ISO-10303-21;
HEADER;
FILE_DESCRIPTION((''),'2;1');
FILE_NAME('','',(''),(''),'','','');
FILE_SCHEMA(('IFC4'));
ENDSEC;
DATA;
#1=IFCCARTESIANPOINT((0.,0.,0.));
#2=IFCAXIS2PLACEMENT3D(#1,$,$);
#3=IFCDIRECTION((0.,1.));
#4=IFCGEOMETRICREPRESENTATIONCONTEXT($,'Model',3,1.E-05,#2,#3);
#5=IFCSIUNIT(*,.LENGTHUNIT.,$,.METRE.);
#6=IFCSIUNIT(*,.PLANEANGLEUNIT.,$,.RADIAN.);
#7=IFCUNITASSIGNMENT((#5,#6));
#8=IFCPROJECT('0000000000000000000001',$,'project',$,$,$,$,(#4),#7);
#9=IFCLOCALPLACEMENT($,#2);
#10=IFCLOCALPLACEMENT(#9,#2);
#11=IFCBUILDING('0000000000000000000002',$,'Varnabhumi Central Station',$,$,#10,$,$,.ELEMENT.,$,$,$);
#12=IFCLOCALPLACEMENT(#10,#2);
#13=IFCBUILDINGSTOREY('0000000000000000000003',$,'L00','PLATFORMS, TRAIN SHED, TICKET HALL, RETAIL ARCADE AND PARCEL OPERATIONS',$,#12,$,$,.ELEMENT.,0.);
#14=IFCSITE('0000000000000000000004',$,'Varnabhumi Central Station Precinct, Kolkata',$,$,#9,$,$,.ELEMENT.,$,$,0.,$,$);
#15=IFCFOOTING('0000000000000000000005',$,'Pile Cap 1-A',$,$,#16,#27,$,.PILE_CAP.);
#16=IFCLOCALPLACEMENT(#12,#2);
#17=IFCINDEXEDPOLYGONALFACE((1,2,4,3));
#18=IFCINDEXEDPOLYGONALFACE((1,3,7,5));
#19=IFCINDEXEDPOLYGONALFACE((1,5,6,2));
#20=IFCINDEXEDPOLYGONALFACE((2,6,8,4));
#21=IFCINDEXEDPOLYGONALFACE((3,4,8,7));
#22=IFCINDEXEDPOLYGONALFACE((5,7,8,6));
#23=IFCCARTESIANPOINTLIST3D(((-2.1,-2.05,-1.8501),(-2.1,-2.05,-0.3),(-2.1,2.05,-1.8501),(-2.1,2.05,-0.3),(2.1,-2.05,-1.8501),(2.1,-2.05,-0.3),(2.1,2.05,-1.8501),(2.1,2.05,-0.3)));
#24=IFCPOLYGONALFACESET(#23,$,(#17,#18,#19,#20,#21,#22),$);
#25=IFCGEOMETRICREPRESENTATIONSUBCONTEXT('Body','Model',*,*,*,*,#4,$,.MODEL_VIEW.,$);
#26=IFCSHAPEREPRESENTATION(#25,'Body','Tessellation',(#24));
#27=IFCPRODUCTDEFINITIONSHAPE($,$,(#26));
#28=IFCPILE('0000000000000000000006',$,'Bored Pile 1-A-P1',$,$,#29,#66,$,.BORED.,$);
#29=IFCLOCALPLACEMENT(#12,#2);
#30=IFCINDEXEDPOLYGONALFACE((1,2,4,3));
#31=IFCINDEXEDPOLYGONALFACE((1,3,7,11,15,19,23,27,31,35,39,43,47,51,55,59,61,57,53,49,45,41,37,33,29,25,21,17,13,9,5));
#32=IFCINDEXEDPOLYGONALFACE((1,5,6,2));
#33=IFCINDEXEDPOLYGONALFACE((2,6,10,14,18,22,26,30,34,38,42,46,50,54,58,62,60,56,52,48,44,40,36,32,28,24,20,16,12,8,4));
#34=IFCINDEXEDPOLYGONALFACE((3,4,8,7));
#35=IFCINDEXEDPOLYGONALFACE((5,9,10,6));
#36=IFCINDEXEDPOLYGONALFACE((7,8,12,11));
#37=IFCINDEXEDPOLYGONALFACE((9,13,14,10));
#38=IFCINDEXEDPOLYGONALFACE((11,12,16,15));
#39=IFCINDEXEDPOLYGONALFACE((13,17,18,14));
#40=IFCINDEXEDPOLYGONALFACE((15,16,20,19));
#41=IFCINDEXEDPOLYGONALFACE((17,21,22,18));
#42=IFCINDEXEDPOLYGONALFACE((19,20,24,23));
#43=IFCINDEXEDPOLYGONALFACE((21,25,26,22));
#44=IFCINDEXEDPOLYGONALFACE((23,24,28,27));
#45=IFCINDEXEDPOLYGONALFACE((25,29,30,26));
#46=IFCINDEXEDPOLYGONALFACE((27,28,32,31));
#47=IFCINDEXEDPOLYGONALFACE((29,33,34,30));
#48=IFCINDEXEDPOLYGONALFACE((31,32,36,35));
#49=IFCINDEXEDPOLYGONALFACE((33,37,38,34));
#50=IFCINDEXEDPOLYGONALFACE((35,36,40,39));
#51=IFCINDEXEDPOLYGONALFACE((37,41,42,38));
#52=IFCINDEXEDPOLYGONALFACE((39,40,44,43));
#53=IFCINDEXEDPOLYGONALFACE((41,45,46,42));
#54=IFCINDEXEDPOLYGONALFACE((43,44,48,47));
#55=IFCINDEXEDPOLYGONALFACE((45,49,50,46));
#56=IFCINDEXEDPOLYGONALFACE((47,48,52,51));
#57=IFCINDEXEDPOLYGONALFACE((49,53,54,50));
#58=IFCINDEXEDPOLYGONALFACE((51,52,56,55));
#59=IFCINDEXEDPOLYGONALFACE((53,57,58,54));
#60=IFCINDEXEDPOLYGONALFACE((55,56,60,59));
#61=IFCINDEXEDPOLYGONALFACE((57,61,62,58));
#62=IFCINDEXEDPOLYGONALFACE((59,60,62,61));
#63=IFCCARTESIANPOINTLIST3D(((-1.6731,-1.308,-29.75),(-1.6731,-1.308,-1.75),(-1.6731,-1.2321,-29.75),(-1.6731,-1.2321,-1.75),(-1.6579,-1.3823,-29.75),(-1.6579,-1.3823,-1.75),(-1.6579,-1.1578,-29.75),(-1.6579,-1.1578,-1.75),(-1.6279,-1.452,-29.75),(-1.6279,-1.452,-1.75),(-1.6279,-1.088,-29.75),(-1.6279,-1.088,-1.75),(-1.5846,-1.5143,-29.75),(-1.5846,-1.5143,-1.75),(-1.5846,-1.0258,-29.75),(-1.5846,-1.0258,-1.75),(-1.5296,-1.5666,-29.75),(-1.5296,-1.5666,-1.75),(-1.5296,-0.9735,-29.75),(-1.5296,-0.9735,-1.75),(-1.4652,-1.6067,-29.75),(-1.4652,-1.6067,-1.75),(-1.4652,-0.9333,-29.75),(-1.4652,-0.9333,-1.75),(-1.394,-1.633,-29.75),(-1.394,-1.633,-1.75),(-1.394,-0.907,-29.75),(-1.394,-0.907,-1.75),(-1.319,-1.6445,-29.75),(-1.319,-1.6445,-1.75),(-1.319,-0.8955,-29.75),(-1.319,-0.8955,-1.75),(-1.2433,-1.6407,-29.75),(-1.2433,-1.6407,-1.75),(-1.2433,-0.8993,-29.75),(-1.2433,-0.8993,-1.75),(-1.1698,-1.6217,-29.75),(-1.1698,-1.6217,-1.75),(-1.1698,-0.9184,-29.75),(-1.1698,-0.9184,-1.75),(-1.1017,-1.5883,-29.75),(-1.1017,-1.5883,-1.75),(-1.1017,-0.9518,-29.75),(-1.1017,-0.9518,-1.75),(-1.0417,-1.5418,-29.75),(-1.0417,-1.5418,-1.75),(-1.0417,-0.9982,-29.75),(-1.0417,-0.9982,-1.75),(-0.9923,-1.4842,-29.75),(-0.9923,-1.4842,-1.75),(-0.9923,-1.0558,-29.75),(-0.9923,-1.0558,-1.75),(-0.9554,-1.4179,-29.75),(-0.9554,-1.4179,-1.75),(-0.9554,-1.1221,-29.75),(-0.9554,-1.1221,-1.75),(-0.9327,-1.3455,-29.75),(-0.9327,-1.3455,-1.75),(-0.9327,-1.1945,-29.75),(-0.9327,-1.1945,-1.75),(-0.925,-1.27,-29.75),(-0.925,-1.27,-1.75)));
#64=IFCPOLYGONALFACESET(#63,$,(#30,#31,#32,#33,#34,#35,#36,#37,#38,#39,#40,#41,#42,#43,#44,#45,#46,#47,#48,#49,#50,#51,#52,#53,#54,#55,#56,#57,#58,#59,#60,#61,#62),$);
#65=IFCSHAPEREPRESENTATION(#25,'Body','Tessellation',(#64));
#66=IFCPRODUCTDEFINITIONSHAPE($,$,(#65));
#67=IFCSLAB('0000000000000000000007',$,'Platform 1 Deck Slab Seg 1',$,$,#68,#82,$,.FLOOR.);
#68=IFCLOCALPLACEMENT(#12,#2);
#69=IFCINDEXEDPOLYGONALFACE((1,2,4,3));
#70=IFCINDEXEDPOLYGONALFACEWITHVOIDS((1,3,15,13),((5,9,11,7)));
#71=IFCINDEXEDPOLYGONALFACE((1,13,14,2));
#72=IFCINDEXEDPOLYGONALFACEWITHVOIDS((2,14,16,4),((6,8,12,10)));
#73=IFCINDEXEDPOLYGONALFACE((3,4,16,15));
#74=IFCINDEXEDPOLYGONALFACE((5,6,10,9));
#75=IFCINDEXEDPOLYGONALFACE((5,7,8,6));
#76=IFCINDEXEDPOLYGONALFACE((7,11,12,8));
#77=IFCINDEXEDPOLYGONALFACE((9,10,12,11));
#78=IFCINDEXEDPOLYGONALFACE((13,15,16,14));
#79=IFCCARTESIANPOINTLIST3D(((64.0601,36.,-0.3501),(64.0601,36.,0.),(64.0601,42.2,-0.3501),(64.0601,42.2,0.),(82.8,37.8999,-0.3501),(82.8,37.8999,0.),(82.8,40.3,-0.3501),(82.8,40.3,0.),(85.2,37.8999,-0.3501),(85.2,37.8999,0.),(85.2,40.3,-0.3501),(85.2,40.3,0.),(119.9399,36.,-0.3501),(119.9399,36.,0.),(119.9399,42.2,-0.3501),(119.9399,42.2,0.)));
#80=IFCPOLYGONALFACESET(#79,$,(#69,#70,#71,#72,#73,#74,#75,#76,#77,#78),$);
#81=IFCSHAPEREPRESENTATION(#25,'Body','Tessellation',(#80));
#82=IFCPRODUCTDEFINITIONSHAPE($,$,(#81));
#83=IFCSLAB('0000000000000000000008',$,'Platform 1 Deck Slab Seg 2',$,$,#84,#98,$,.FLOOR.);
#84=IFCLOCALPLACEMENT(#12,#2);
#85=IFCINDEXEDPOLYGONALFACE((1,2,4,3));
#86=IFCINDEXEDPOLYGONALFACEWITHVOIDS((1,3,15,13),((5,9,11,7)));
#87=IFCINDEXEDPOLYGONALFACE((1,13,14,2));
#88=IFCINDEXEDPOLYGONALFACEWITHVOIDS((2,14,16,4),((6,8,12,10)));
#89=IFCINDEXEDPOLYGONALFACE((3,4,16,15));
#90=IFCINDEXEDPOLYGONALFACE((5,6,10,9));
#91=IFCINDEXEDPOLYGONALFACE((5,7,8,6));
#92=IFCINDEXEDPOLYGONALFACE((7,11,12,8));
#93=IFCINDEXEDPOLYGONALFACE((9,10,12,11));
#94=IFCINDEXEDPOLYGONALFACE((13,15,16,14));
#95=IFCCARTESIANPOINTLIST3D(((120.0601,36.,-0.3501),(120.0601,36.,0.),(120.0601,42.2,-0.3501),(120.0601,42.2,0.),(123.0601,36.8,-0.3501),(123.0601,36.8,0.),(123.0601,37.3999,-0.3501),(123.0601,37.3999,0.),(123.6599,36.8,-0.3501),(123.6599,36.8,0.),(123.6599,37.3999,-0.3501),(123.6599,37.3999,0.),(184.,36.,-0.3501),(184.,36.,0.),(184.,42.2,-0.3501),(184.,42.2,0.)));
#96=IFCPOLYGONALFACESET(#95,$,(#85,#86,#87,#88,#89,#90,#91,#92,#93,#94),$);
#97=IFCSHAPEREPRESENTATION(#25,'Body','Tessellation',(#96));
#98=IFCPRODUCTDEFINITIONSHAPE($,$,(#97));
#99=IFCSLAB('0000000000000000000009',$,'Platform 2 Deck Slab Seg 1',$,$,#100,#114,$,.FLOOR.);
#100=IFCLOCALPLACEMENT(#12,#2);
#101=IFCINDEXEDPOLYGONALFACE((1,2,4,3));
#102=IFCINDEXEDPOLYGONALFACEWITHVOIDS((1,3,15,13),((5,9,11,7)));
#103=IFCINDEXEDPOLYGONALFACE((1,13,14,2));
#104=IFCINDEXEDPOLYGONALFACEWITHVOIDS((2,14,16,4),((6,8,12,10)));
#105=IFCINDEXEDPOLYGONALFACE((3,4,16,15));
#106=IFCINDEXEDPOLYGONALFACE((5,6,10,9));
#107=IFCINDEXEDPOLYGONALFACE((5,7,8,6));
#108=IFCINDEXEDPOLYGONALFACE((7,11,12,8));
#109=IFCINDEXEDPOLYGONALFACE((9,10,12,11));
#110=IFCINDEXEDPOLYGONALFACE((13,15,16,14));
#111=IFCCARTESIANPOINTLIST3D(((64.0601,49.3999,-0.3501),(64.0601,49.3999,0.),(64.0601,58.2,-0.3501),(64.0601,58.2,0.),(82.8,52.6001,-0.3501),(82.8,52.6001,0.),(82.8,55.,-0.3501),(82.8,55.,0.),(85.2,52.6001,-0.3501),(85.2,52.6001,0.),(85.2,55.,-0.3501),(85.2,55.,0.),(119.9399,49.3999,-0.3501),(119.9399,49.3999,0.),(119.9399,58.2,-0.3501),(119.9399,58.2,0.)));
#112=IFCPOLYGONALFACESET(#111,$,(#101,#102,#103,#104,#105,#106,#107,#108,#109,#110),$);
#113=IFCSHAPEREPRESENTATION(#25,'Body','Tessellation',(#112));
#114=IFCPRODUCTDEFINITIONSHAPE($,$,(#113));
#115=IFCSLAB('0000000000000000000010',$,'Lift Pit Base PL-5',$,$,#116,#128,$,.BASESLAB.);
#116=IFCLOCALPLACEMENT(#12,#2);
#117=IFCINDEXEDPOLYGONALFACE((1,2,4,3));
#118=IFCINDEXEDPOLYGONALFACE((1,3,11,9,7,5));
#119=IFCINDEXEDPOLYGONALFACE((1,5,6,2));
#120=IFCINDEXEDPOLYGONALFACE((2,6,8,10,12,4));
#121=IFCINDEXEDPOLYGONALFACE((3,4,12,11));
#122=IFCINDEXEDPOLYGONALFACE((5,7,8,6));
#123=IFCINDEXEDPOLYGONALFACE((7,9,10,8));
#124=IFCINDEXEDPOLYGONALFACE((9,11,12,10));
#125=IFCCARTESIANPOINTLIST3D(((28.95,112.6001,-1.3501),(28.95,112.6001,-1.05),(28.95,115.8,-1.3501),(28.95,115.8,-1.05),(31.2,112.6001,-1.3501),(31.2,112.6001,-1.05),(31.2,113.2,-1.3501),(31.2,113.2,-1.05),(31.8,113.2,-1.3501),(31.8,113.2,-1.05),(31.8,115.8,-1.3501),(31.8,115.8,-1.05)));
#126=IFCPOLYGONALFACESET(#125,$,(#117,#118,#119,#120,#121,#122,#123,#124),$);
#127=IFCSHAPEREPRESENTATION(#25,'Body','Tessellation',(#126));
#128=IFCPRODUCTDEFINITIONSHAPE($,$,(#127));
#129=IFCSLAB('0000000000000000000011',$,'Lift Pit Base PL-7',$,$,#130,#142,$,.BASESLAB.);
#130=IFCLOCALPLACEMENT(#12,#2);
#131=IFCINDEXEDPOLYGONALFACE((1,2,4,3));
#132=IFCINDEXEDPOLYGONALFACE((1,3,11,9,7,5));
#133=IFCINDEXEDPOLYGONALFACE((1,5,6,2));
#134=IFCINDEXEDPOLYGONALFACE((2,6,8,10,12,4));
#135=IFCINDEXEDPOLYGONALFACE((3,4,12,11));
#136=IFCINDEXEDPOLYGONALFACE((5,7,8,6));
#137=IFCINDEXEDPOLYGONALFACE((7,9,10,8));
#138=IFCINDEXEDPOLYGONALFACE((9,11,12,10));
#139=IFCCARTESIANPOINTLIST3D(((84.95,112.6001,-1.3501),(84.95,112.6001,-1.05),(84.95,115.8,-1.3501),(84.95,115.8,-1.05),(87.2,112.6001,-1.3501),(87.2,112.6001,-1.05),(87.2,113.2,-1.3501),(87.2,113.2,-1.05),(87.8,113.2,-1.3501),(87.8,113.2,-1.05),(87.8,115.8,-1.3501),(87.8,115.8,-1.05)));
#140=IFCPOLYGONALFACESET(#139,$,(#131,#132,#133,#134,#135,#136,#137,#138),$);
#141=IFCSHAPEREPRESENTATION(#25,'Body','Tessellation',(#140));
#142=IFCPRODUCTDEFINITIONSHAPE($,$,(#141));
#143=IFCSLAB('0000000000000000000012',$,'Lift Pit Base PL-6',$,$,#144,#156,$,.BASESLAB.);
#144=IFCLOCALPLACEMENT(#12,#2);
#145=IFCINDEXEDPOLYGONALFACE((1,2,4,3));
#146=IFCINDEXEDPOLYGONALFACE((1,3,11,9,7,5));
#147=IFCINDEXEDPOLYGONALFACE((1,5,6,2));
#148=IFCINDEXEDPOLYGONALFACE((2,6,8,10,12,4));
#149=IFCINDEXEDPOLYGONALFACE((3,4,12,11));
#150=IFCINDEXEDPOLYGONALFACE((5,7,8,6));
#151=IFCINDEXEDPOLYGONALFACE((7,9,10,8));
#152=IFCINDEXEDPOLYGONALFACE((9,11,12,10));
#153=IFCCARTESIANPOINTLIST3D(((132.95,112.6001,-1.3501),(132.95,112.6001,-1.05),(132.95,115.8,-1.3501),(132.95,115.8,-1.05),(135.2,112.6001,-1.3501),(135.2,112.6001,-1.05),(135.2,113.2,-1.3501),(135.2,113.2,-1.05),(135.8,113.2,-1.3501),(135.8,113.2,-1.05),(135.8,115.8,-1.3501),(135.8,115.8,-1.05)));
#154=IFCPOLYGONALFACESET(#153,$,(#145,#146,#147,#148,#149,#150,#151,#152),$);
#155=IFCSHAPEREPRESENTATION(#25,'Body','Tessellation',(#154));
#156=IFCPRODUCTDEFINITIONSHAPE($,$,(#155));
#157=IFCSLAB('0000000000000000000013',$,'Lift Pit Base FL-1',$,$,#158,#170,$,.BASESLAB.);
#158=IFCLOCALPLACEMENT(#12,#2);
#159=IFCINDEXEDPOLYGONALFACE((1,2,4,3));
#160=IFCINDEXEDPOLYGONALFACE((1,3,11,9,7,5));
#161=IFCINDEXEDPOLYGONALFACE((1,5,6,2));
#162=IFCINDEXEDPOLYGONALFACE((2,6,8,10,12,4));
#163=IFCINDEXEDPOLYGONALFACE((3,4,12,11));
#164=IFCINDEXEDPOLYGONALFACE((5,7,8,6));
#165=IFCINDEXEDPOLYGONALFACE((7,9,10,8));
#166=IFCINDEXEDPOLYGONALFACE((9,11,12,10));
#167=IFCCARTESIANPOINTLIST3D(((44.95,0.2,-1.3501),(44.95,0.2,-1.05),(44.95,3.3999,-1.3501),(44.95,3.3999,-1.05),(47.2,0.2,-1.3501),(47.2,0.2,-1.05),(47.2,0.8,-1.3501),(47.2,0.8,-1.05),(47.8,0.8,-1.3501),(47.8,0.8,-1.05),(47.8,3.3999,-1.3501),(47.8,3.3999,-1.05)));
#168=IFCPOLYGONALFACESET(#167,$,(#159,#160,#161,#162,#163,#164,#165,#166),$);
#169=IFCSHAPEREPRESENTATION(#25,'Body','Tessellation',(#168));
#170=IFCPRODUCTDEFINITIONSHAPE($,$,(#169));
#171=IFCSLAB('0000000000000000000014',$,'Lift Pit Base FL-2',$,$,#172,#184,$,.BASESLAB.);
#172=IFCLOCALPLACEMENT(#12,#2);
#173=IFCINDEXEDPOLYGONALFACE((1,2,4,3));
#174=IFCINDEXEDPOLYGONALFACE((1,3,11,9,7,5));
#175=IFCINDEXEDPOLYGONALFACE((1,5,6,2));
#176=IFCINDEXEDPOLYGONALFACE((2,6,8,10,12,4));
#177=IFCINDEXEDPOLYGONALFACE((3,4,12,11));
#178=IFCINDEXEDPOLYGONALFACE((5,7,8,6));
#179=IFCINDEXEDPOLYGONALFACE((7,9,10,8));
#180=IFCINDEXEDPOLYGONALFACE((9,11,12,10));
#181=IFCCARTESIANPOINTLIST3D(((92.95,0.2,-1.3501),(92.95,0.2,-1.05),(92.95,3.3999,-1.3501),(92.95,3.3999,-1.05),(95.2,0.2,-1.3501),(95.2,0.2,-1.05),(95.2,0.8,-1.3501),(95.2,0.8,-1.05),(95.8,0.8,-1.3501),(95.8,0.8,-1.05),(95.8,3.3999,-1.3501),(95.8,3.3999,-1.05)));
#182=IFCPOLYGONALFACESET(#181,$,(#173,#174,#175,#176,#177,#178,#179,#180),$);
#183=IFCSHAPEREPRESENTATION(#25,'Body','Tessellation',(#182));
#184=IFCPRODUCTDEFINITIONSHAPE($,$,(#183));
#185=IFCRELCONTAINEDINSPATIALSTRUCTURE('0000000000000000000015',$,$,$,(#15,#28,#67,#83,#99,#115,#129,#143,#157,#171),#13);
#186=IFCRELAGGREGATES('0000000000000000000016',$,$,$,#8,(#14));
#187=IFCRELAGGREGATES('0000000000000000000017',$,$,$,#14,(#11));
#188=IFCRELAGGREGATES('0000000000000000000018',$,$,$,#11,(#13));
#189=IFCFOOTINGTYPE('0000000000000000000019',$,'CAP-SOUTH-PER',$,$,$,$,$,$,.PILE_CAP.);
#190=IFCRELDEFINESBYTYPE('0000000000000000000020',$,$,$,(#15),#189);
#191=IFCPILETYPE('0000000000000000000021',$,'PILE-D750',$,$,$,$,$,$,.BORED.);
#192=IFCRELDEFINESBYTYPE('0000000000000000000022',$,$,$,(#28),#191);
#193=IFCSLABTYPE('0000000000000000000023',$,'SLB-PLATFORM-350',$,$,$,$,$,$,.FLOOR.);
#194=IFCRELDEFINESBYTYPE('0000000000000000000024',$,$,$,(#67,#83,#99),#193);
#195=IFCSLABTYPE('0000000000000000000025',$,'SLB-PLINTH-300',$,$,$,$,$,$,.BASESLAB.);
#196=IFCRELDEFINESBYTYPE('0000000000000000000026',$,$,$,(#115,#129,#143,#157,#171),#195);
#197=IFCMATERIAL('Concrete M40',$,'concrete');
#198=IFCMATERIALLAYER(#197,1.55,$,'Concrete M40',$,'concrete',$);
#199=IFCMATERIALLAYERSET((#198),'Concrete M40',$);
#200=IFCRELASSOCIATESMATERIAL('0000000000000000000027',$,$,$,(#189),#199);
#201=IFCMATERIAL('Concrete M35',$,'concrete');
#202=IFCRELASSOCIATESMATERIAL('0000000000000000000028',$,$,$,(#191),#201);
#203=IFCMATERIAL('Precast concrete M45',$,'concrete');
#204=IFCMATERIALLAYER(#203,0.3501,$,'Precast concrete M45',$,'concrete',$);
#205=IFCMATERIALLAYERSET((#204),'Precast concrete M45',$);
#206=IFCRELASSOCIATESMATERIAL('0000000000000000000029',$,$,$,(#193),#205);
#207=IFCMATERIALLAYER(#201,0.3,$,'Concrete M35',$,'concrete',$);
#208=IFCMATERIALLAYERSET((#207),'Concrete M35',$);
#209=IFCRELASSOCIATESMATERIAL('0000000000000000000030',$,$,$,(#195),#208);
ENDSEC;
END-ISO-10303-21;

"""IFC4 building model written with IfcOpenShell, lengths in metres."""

from ifc_helpers import new_model, si_unit, direction, frame, origin, origin_2d, place, context, subcontext, project, spatial, polyline, rectangle, circle, outline, extrude, material, layer, layer_set, material_profile, profile_set, type_object, element, save


model = new_model("IFC4")

# Units and contexts
model_context = context("Model", 3, precision=1e-05, world=origin(), true_north=direction((0.0, 1.0)))
body_context = subcontext(model_context, "Body", "Model", "MODEL_VIEW")
ifc_project = project(units=[si_unit("LENGTHUNIT", "METRE"), si_unit("PLANEANGLEUNIT", "RADIAN")], contexts=[model_context])

# Site, building, storey
site_placement = place(None, origin())
site = spatial("IfcSite", under=ifc_project, at=site_placement, Name="Varnabhumi Central Station Precinct, Kolkata", CompositionType="ELEMENT", RefElevation=0.0)
building_placement = place(site_placement, origin())
building = spatial("IfcBuilding", under=site, at=building_placement, Name="Varnabhumi Central Station", CompositionType="ELEMENT")
storey_placement = place(building_placement, origin())
storey = spatial("IfcBuildingStorey", under=building, at=storey_placement, Name="L00", Description="PLATFORMS, TRAIN SHED, TICKET HALL, RETAIL ARCADE AND PARCEL OPERATIONS", CompositionType="ELEMENT", Elevation=0.0)

# Footing
ifc_material_1 = material(Name="Concrete M40", Category="concrete")
ifc_layer_1 = layer(ifc_material_1, 1.55, Name="Concrete M40", Category="concrete")
ifc_layer_set_1 = layer_set([ifc_layer_1], Name="Concrete M40")
footing_type = type_object("IfcFootingType", Name="CAP-SOUTH-PER", PredefinedType="PILE_CAP", material=ifc_layer_set_1)
footing_placement = place(storey_placement, frame((0.0, 0.0, -1.8501), z_axis=(0.0, 0.0, 1.0), x_axis=(1.0, 0.0, 0.0)))
element("IfcFooting", 1, at=footing_placement, inside=storey, type_object=footing_type, Name="Pile Cap 1-A", PredefinedType="PILE_CAP", context=body_context, shape_type="SweptSolid", body=[
    extrude(rectangle(XDim=4.2, YDim=4.1001, at=origin_2d()), origin(), (0.0, 0.0, 1.0), 1.55),
])

# Pile
ifc_material_2 = material(Name="Concrete M35", Category="concrete")
ifc_material_profile = material_profile(ifc_material_2, circle(Radius=0.375, at=origin_2d()), Name="Concrete M35", Category="concrete")
ifc_profile_set = profile_set([ifc_material_profile], Name="Concrete M35")
pile_type = type_object("IfcPileType", Name="PILE-D750", PredefinedType="BORED", material=ifc_profile_set)
pile_placement = place(storey_placement, frame((-1.3, -1.27, -1.75), z_axis=(0.0, 0.0, -1.0), x_axis=(1.0, 0.0, 0.0)))
element("IfcPile", 2, at=pile_placement, inside=storey, type_object=pile_type, Name="Bored Pile 1-A-P1", PredefinedType="BORED", context=body_context, shape_type="SweptSolid", body=[
    extrude(circle(Radius=0.375, at=origin_2d()), origin(), (0.0, 0.0, 1.0), 28.0),
])

# Slabs
ifc_material_3 = material(Name="Precast concrete M45", Category="concrete")
ifc_layer_2 = layer(ifc_material_3, 0.3501, Name="Precast concrete M45", Category="concrete")
ifc_layer_set_2 = layer_set([ifc_layer_2], Name="Precast concrete M45")
slab_type_1 = type_object("IfcSlabType", Name="SLB-PLATFORM-350", PredefinedType="FLOOR", material=ifc_layer_set_2)
slab_1_placement = place(storey_placement, frame((0.0, 0.0, -0.3501)))
element("IfcSlab", 3, at=slab_1_placement, inside=storey, type_object=slab_type_1, Name="Platform 1 Deck Slab Seg 1", PredefinedType="FLOOR", context=body_context, shape_type="SweptSolid", body=[
    extrude(outline(polyline([(64.0601, 36.0), (119.9399, 36.0), (119.9399, 42.2), (64.0601, 42.2), (64.0601, 36.0)]), holes=[polyline([(82.8, 37.8999), (85.2, 37.8999), (85.2, 40.3), (82.8, 40.3), (82.8, 37.8999)])]), origin(), (0.0, 0.0, 1.0), 0.3501),
])
slab_2_placement = place(storey_placement, frame((0.0, 0.0, -0.3501)))
element("IfcSlab", 4, at=slab_2_placement, inside=storey, type_object=slab_type_1, Name="Platform 1 Deck Slab Seg 2", PredefinedType="FLOOR", context=body_context, shape_type="SweptSolid", body=[
    extrude(outline(polyline([(120.0601, 36.0), (184.0, 36.0), (184.0, 42.2), (120.0601, 42.2), (120.0601, 36.0)]), holes=[polyline([(123.0601, 36.8), (123.6599, 36.8), (123.6599, 37.3999), (123.0601, 37.3999), (123.0601, 36.8)])]), origin(), (0.0, 0.0, 1.0), 0.3501),
])
slab_3_placement = place(storey_placement, frame((0.0, 0.0, -0.3501)))
element("IfcSlab", 5, at=slab_3_placement, inside=storey, type_object=slab_type_1, Name="Platform 2 Deck Slab Seg 1", PredefinedType="FLOOR", context=body_context, shape_type="SweptSolid", body=[
    extrude(outline(polyline([(64.0601, 49.3999), (119.9399, 49.3999), (119.9399, 58.2), (64.0601, 58.2), (64.0601, 49.3999)]), holes=[polyline([(82.8, 52.6001), (85.2, 52.6001), (85.2, 55.0), (82.8, 55.0), (82.8, 52.6001)])]), origin(), (0.0, 0.0, 1.0), 0.3501),
])
ifc_layer_3 = layer(ifc_material_2, 0.3, Name="Concrete M35", Category="concrete")
ifc_layer_set_3 = layer_set([ifc_layer_3], Name="Concrete M35")
slab_type_2 = type_object("IfcSlabType", Name="SLB-PLINTH-300", PredefinedType="BASESLAB", material=ifc_layer_set_3)
slab_4_placement = place(storey_placement, frame((0.0, 0.0, -1.3501)))
element("IfcSlab", 6, at=slab_4_placement, inside=storey, type_object=slab_type_2, Name="Lift Pit Base PL-5", PredefinedType="BASESLAB", context=body_context, shape_type="SweptSolid", body=[
    extrude(outline(polyline([(28.95, 112.6001), (31.2, 112.6001), (31.2, 113.2), (31.8, 113.2), (31.8, 115.8), (28.95, 115.8), (28.95, 112.6001)])), origin(), (0.0, 0.0, 1.0), 0.3),
])
slab_5_placement = place(storey_placement, frame((0.0, 0.0, -1.3501)))
element("IfcSlab", 7, at=slab_5_placement, inside=storey, type_object=slab_type_2, Name="Lift Pit Base PL-7", PredefinedType="BASESLAB", context=body_context, shape_type="SweptSolid", body=[
    extrude(outline(polyline([(84.95, 112.6001), (87.2, 112.6001), (87.2, 113.2), (87.8, 113.2), (87.8, 115.8), (84.95, 115.8), (84.95, 112.6001)])), origin(), (0.0, 0.0, 1.0), 0.3),
])
slab_6_placement = place(storey_placement, frame((0.0, 0.0, -1.3501)))
element("IfcSlab", 8, at=slab_6_placement, inside=storey, type_object=slab_type_2, Name="Lift Pit Base PL-6", PredefinedType="BASESLAB", context=body_context, shape_type="SweptSolid", body=[
    extrude(outline(polyline([(132.95, 112.6001), (135.2, 112.6001), (135.2, 113.2), (135.8, 113.2), (135.8, 115.8), (132.95, 115.8), (132.95, 112.6001)])), origin(), (0.0, 0.0, 1.0), 0.3),
])
slab_7_placement = place(storey_placement, frame((0.0, 0.0, -1.3501)))
element("IfcSlab", 9, at=slab_7_placement, inside=storey, type_object=slab_type_2, Name="Lift Pit Base FL-1", PredefinedType="BASESLAB", context=body_context, shape_type="SweptSolid", body=[
    extrude(outline(polyline([(44.95, 0.2), (47.2, 0.2), (47.2, 0.8), (47.8, 0.8), (47.8, 3.3999), (44.95, 3.3999), (44.95, 0.2)])), origin(), (0.0, 0.0, 1.0), 0.3),
])
slab_8_placement = place(storey_placement, frame((0.0, 0.0, -1.3501)))
element("IfcSlab", 10, at=slab_8_placement, inside=storey, type_object=slab_type_2, Name="Lift Pit Base FL-2", PredefinedType="BASESLAB", context=body_context, shape_type="SweptSolid", body=[
    extrude(outline(polyline([(92.95, 0.2), (95.2, 0.2), (95.2, 0.8), (95.8, 0.8), (95.8, 3.3999), (92.95, 3.3999), (92.95, 0.2)])), origin(), (0.0, 0.0, 1.0), 0.3),
])

save(model, "model.ifc")
